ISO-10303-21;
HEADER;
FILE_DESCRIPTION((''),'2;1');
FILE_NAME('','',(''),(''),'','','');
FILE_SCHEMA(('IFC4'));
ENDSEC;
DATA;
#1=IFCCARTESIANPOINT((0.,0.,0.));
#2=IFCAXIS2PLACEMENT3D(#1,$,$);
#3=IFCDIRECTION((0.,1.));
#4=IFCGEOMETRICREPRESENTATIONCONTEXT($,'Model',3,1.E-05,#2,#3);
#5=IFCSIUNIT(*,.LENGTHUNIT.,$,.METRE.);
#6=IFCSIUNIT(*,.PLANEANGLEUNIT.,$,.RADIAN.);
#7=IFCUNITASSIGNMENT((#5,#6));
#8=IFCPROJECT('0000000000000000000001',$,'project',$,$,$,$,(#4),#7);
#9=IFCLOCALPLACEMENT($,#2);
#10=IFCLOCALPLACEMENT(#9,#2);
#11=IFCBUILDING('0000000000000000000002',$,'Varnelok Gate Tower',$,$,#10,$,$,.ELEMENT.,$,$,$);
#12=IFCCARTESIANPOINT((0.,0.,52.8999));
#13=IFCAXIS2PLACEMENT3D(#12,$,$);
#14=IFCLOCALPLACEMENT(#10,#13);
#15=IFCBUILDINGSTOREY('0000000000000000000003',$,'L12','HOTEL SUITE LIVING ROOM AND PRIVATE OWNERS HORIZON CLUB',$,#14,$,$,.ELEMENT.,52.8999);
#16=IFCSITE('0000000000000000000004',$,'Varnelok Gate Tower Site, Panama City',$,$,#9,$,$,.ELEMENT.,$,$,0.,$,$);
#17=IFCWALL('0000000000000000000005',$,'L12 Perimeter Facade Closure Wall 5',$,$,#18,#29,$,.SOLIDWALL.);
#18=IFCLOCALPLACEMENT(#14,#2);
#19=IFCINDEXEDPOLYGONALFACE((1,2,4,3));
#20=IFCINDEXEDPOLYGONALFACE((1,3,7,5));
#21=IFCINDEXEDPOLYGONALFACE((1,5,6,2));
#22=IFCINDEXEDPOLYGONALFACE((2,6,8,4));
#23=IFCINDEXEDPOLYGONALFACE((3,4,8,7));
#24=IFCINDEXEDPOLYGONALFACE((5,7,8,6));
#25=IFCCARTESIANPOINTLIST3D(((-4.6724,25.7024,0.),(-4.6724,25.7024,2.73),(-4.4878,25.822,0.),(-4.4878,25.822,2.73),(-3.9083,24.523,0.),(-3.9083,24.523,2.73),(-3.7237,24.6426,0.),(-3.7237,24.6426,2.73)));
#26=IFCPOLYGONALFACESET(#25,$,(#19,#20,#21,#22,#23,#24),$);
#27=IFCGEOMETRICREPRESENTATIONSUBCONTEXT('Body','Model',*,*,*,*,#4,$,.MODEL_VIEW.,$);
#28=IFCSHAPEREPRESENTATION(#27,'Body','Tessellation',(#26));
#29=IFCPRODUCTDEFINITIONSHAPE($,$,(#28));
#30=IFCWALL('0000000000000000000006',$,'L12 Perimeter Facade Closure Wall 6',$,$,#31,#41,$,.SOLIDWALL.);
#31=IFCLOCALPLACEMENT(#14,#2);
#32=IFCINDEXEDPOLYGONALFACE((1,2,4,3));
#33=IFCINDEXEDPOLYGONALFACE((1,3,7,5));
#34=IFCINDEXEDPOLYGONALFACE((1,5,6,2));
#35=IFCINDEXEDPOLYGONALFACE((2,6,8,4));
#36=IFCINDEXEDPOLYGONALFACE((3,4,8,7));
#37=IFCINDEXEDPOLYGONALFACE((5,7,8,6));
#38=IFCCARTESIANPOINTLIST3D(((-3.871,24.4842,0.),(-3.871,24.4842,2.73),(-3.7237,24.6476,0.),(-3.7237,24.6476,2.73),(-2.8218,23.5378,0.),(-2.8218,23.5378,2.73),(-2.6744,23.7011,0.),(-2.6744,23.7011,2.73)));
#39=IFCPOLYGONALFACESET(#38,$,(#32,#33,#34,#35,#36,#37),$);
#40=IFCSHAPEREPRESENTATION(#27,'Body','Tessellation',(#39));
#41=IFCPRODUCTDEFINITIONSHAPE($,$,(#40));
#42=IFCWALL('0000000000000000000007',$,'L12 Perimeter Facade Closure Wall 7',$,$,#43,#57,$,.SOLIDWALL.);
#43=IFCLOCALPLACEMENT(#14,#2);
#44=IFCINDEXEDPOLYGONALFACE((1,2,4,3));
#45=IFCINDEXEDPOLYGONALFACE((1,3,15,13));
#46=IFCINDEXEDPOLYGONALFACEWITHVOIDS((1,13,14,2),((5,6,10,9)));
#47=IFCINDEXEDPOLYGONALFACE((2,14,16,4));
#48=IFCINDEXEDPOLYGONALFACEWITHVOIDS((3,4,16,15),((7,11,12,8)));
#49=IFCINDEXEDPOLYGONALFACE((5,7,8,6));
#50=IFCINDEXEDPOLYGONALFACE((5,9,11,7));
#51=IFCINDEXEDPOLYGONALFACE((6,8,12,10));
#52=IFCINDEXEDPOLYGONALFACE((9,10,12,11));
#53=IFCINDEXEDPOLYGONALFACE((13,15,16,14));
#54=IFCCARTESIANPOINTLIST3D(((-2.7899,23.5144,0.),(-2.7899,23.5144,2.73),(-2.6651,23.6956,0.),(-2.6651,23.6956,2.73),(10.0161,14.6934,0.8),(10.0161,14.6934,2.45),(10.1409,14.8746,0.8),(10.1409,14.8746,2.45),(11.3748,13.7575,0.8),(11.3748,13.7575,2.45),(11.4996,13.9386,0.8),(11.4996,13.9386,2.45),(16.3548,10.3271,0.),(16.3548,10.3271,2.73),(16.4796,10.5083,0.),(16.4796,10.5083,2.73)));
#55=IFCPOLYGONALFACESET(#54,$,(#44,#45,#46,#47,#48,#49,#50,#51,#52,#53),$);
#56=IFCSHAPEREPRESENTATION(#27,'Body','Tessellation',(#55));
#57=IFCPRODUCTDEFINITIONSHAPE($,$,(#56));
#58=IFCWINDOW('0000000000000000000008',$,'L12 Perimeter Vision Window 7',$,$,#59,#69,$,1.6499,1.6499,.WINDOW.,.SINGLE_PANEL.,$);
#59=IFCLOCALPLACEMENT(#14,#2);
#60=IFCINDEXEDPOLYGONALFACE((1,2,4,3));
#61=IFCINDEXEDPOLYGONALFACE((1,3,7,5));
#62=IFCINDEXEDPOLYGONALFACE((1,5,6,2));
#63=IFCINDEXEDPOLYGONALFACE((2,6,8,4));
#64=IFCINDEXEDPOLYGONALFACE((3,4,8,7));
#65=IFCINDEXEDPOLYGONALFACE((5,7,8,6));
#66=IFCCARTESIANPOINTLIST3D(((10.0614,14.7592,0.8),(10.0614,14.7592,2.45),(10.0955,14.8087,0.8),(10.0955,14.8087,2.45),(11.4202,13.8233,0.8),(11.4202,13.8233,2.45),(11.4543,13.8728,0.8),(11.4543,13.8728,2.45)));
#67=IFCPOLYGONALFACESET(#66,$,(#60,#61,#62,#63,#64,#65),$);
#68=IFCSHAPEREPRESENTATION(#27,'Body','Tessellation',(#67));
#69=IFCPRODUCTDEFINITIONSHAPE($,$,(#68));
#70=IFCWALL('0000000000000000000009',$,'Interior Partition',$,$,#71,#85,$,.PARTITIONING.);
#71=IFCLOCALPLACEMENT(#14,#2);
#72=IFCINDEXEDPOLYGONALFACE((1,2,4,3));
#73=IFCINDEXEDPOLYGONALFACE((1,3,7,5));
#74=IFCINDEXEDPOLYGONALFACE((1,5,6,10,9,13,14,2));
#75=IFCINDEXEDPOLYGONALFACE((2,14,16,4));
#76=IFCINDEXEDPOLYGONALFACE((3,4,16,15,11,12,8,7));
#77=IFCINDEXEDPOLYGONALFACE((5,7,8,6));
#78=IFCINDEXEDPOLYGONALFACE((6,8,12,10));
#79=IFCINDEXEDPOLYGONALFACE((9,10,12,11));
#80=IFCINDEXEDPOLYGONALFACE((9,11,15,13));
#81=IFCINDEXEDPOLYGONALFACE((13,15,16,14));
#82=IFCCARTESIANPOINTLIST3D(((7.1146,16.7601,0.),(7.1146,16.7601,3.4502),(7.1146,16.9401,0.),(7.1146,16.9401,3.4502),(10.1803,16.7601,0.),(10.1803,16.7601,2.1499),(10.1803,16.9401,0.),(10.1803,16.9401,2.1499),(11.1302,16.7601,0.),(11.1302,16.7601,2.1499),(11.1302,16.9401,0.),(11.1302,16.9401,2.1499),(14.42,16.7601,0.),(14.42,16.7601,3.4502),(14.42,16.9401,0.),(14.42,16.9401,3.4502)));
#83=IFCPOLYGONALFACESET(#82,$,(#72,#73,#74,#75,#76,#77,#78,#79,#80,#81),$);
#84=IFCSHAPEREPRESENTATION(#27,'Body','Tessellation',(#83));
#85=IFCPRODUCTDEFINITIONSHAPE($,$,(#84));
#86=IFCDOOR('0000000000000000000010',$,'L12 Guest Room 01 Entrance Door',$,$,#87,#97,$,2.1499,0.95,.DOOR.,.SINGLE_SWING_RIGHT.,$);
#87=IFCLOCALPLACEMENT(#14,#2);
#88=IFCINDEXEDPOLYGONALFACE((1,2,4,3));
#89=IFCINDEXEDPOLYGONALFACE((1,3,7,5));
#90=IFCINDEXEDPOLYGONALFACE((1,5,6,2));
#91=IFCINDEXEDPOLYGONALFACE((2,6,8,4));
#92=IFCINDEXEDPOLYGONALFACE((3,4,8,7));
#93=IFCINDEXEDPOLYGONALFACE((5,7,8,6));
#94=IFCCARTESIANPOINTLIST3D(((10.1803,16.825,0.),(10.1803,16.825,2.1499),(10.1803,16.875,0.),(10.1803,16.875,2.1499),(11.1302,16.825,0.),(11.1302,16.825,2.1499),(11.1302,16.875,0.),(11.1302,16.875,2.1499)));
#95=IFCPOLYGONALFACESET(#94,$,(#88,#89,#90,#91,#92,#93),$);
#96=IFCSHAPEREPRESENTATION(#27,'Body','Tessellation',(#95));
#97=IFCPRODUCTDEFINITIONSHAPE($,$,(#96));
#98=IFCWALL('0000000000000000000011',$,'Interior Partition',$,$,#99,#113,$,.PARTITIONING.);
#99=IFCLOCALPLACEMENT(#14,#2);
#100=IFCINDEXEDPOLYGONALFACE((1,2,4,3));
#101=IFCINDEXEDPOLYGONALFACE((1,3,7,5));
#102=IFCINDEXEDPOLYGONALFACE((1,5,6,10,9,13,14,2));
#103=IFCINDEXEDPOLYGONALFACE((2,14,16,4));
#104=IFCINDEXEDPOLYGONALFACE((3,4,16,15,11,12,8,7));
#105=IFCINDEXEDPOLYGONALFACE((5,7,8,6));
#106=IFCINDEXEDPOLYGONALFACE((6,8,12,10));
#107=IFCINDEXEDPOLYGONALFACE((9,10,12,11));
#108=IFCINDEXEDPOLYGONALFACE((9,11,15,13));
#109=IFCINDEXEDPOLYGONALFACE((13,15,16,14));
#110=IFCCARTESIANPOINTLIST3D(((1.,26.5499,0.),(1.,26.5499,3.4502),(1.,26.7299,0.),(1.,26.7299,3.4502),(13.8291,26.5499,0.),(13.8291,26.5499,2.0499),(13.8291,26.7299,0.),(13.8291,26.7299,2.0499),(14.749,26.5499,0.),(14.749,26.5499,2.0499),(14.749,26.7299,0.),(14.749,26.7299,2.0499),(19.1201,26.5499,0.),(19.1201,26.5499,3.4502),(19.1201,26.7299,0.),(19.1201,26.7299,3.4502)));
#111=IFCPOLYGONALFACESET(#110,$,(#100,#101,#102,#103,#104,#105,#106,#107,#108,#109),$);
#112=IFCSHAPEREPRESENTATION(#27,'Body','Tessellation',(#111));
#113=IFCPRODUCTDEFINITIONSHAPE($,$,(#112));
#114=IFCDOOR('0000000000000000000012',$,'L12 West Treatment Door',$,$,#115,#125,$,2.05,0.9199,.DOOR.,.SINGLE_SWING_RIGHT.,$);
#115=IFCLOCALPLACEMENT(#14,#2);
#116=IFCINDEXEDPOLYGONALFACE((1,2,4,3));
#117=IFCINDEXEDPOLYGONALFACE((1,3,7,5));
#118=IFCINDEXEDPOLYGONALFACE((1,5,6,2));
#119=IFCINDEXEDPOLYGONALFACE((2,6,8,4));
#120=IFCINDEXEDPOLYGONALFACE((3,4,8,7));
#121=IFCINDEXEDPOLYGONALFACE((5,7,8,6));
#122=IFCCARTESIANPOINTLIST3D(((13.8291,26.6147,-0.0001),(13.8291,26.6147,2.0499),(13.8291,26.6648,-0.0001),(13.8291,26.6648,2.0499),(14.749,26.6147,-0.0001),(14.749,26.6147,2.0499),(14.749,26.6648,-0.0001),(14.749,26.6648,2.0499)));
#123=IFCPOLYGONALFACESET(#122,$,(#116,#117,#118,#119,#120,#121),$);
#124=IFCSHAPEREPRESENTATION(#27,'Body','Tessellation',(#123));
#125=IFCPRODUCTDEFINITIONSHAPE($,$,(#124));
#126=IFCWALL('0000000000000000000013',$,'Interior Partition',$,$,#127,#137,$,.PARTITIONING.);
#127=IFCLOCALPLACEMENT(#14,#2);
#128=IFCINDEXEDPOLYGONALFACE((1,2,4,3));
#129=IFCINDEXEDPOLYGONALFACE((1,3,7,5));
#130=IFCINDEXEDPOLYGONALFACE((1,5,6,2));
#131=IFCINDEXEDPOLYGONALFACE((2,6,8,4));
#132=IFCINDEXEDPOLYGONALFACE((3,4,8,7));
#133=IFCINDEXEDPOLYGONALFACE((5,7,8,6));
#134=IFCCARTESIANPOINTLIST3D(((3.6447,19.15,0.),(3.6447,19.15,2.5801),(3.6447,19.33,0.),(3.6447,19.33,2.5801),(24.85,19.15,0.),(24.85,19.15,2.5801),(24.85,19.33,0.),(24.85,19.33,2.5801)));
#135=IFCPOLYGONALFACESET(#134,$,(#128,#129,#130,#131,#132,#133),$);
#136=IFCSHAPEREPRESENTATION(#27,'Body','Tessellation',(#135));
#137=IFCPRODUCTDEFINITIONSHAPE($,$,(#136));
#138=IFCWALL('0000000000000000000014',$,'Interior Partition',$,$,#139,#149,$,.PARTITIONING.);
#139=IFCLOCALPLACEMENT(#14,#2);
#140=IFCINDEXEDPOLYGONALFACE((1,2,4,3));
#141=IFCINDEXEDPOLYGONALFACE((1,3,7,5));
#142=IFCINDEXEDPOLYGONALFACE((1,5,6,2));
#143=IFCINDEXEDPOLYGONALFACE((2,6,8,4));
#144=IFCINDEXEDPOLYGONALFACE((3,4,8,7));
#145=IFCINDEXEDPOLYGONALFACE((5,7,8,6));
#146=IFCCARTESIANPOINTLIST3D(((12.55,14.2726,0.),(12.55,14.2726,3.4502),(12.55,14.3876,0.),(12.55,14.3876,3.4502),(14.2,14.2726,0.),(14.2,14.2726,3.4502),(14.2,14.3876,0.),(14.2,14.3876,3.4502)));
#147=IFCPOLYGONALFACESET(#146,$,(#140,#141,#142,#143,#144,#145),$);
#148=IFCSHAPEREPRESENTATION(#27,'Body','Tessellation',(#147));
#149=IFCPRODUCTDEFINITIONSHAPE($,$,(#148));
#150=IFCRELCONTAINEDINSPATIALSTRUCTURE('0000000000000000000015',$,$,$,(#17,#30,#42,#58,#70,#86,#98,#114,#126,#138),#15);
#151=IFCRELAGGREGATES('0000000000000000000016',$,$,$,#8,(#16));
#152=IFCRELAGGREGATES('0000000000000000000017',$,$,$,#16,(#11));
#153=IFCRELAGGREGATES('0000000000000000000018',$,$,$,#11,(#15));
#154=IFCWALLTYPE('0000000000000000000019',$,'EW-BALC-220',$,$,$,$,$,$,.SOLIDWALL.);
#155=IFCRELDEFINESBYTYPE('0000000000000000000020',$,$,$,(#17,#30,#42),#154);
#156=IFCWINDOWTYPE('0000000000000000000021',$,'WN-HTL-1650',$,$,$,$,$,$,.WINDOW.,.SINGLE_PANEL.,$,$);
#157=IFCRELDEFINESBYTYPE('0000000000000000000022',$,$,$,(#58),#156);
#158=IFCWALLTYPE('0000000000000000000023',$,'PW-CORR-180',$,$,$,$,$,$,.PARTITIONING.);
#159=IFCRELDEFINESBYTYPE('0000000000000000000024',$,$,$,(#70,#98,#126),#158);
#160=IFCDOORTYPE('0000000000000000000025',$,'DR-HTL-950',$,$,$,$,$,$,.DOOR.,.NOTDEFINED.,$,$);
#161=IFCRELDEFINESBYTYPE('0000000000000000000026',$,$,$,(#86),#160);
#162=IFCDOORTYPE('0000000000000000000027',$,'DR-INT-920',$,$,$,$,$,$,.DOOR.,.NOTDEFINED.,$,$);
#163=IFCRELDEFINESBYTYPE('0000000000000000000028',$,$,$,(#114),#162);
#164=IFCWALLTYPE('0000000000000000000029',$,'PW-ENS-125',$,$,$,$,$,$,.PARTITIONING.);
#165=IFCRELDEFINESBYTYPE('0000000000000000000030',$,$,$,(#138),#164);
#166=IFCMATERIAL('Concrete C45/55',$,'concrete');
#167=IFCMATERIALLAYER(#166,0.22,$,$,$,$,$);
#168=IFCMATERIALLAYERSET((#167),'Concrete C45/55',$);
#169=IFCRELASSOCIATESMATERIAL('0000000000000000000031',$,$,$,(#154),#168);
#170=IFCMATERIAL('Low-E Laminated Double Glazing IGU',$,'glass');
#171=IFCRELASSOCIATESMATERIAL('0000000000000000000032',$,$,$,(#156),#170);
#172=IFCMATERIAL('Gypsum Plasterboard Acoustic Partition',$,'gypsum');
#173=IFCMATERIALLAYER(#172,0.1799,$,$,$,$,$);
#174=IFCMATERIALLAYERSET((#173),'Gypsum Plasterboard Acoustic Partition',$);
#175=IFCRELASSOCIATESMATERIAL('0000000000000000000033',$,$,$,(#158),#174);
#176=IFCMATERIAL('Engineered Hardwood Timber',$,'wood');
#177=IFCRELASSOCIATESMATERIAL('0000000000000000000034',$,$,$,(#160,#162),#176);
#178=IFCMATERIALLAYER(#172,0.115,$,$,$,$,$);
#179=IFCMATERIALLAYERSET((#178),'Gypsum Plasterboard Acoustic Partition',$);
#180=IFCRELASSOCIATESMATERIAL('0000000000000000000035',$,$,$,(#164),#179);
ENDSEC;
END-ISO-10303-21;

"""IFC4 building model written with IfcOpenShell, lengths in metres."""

from ifc_helpers import new_model, si_unit, direction, frame, frame_2d, origin, place, context, subcontext, project, spatial, rectangle, extrude, material, layer, layer_set, type_object, element, fill, save


model = new_model("IFC4")

# Units and contexts
model_context = context("Model", 3, precision=1e-05, world=origin(), true_north=direction((0.0, 1.0)))
body_context = subcontext(model_context, "Body", "Model", "MODEL_VIEW")
ifc_project = project(units=[si_unit("LENGTHUNIT", "METRE"), si_unit("PLANEANGLEUNIT", "RADIAN")], contexts=[model_context])

# Site, building, storey
site_placement = place(None, origin())
site = spatial("IfcSite", under=ifc_project, at=site_placement, Name="Varnelok Gate Tower Site, Panama City", CompositionType="ELEMENT", RefElevation=0.0)
building_placement = place(site_placement, origin())
building = spatial("IfcBuilding", under=site, at=building_placement, Name="Varnelok Gate Tower", CompositionType="ELEMENT")
storey_placement = place(building_placement, frame((0.0, 0.0, 52.8999)))
storey = spatial("IfcBuildingStorey", under=building, at=storey_placement, Name="L12", Description="HOTEL SUITE LIVING ROOM AND PRIVATE OWNERS HORIZON CLUB", CompositionType="ELEMENT", Elevation=52.8999)

# Shared definitions
ifc_material_1 = material(Name="Concrete C45/55", Category="concrete")

# Walls
ifc_layer_1 = layer(ifc_material_1, 0.22)
ifc_layer_set_1 = layer_set([ifc_layer_1], Name="Concrete C45/55")
wall_type_1 = type_object("IfcWallType", Name="EW-BALC-220", PredefinedType="SOLIDWALL", material=ifc_layer_set_1)
for number, where, z_axis, x_axis, name in (
    (1, (-4.5801, 25.7622, 0.0), (0.0, 0.0, 1.0), (0.543748, -0.839248, 0.0), "L12 Perimeter Facade Closure Wall 5"),
):
    element("IfcWall", number, at=place(storey_placement, frame(where, z_axis=z_axis, x_axis=x_axis)), inside=storey, type_object=wall_type_1, Name=name, PredefinedType="SOLIDWALL", context=body_context, shape_type="SweptSolid", body=[
        extrude(rectangle(XDim=1.4053, YDim=0.22, at=frame_2d((0.7026, 0.0))), origin(), (0.0, 0.0, 1.0), 2.73),
    ])
wall_1_placement = place(storey_placement, frame((-3.7974, 24.5659, 0.0), z_axis=(0.0, 0.0, 1.0), x_axis=(0.742538, -0.669804, 0.0)))
element("IfcWall", 2, at=wall_1_placement, inside=storey, type_object=wall_type_1, Name="L12 Perimeter Facade Closure Wall 6", PredefinedType="SOLIDWALL", context=body_context, shape_type="SweptSolid", body=[
    extrude(rectangle(XDim=1.4131, YDim=0.22, at=frame_2d((0.7065, 0.0))), origin(), (0.0, 0.0, 1.0), 2.73),
])

# Wall, opening, window
wall_2_placement = place(storey_placement, frame((-2.7275, 23.605, 0.0), z_axis=(0.0, 0.0, 1.0), x_axis=(0.823535, -0.567265, 0.0)))
wall_2 = element("IfcWall", 3, at=wall_2_placement, inside=storey, type_object=wall_type_1, Name="L12 Perimeter Facade Closure Wall 7", PredefinedType="SOLIDWALL", context=body_context, shape_type="SweptSolid", body=[
    extrude(rectangle(XDim=23.2471, YDim=0.22, at=frame_2d((11.6235, 0.0))), origin(), (0.0, 0.0, 1.0), 2.73),
])
opening_1_placement = place(wall_2_placement, frame((15.55, 0.0, 0.8)))
opening_1 = element("IfcOpeningElement", 4, at=opening_1_placement, cuts=wall_2, PredefinedType="OPENING", context=body_context, shape_type="SweptSolid", body=[
    extrude(rectangle(XDim=1.6499, YDim=1.6499, at=frame_2d((0.825, 0.825))), frame((0.0, 0.1199, 0.0), z_axis=(0.0, -1.0, 0.0), x_axis=(1.0, 0.0, 0.0)), (0.0, 0.0, 1.0), 0.24),
])
ifc_material_2 = material(Name="Low-E Laminated Double Glazing IGU", Category="glass")
window_type = type_object("IfcWindowType", Name="WN-HTL-1650", PartitioningType="SINGLE_PANEL", PredefinedType="WINDOW", material=ifc_material_2)
window_placement = place(opening_1_placement, origin())
window = element("IfcWindow", 5, at=window_placement, inside=storey, type_object=window_type, Name="L12 Perimeter Vision Window 7", OverallHeight=1.6499, OverallWidth=1.6499, PartitioningType="SINGLE_PANEL", PredefinedType="WINDOW", context=body_context, shape_type="SweptSolid", body=[
    extrude(rectangle(XDim=1.6499, YDim=1.6499, at=frame_2d((0.825, 0.825))), frame((0.0, 0.03, 0.0), z_axis=(0.0, -1.0, 0.0), x_axis=(1.0, 0.0, 0.0)), (0.0, 0.0, 1.0), 0.0601),
])
fill(opening_1, window)

# Walls, openings, doors
ifc_material_3 = material(Name="Gypsum Plasterboard Acoustic Partition", Category="gypsum")
ifc_layer_2 = layer(ifc_material_3, 0.1799)
ifc_layer_set_2 = layer_set([ifc_layer_2], Name="Gypsum Plasterboard Acoustic Partition")
wall_type_2 = type_object("IfcWallType", Name="PW-CORR-180", PredefinedType="PARTITIONING", material=ifc_layer_set_2)
wall_3_placement = place(storey_placement, frame((7.1145, 16.8501, 0.0), z_axis=(0.0, 0.0, 1.0), x_axis=(1.0, 0.0, 0.0)))
wall_3 = element("IfcWall", 6, at=wall_3_placement, inside=storey, type_object=wall_type_2, Name="Interior Partition", PredefinedType="PARTITIONING", context=body_context, shape_type="SweptSolid", body=[
    extrude(rectangle(XDim=7.3054, YDim=0.1799, at=frame_2d((3.6528, 0.0))), origin(), (0.0, 0.0, 1.0), 3.4502),
])
opening_2_placement = place(wall_3_placement, frame((3.0657, 0.0, 0.0)))
opening_2 = element("IfcOpeningElement", 7, at=opening_2_placement, cuts=wall_3, PredefinedType="OPENING", context=body_context, shape_type="SweptSolid", body=[
    extrude(rectangle(XDim=0.95, YDim=2.1499, at=frame_2d((0.4751, 1.075))), frame((0.0, 0.0999, 0.0), z_axis=(0.0, -1.0, 0.0), x_axis=(1.0, 0.0, 0.0)), (0.0, 0.0, 1.0), 0.2),
])
ifc_material_4 = material(Name="Engineered Hardwood Timber", Category="wood")
door_type_1 = type_object("IfcDoorType", Name="DR-HTL-950", OperationType="NOTDEFINED", PredefinedType="DOOR", material=ifc_material_4)
door_1_placement = place(opening_2_placement, origin())
door_1 = element("IfcDoor", 8, at=door_1_placement, inside=storey, type_object=door_type_1, Name="L12 Guest Room 01 Entrance Door", OperationType="SINGLE_SWING_RIGHT", OverallHeight=2.1499, OverallWidth=0.95, PredefinedType="DOOR", context=body_context, shape_type="SweptSolid", body=[
    extrude(rectangle(XDim=0.95, YDim=2.1499, at=frame_2d((0.4751, 1.075))), frame((0.0, 0.0249, 0.0), z_axis=(0.0, -1.0, 0.0), x_axis=(1.0, 0.0, 0.0)), (0.0, 0.0, 1.0), 0.05),
])
fill(opening_2, door_1)
wall_4_placement = place(storey_placement, frame((1.0, 26.6399, 0.0), z_axis=(0.0, 0.0, 1.0), x_axis=(1.0, 0.0, 0.0)))
wall_4 = element("IfcWall", 9, at=wall_4_placement, inside=storey, type_object=wall_type_2, Name="Interior Partition", PredefinedType="PARTITIONING", context=body_context, shape_type="SweptSolid", body=[
    extrude(rectangle(XDim=18.1201, YDim=0.1799, at=frame_2d((9.0601, 0.0))), origin(), (0.0, 0.0, 1.0), 3.4502),
])
opening_3_placement = place(wall_4_placement, frame((12.8291, 0.0, 0.0)))
opening_3 = element("IfcOpeningElement", 10, at=opening_3_placement, cuts=wall_4, PredefinedType="OPENING", context=body_context, shape_type="SweptSolid", body=[
    extrude(rectangle(XDim=0.9199, YDim=2.05, at=frame_2d((0.46, 1.0249))), frame((0.0, 0.0999, 0.0), z_axis=(0.0, -1.0, 0.0), x_axis=(1.0, 0.0, 0.0)), (0.0, 0.0, 1.0), 0.2),
])
door_type_2 = type_object("IfcDoorType", Name="DR-INT-920", OperationType="NOTDEFINED", PredefinedType="DOOR", material=ifc_material_4)
door_2_placement = place(opening_3_placement, origin())
door_2 = element("IfcDoor", 11, at=door_2_placement, inside=storey, type_object=door_type_2, Name="L12 West Treatment Door", OperationType="SINGLE_SWING_RIGHT", OverallHeight=2.05, OverallWidth=0.9199, PredefinedType="DOOR", context=body_context, shape_type="SweptSolid", body=[
    extrude(rectangle(XDim=0.9199, YDim=2.05, at=frame_2d((0.46, 1.0249))), frame((0.0, 0.0249, 0.0), z_axis=(0.0, -1.0, 0.0), x_axis=(1.0, 0.0, 0.0)), (0.0, 0.0, 1.0), 0.05),
])
fill(opening_3, door_2)

# Walls
wall_5_placement = place(storey_placement, frame((3.6448, 19.24, 0.0), z_axis=(0.0, 0.0, 1.0), x_axis=(1.0, 0.0, 0.0)))
element("IfcWall", 12, at=wall_5_placement, inside=storey, type_object=wall_type_2, Name="Interior Partition", PredefinedType="PARTITIONING", context=body_context, shape_type="SweptSolid", body=[
    extrude(rectangle(XDim=21.2053, YDim=0.1799, at=frame_2d((10.6025, 0.0))), origin(), (0.0, 0.0, 1.0), 2.5801),
])
ifc_layer_3 = layer(ifc_material_3, 0.115)
ifc_layer_set_3 = layer_set([ifc_layer_3], Name="Gypsum Plasterboard Acoustic Partition")
wall_type_3 = type_object("IfcWallType", Name="PW-ENS-125", PredefinedType="PARTITIONING", material=ifc_layer_set_3)
wall_6_placement = place(storey_placement, frame((12.55, 14.3301, 0.0), z_axis=(0.0, 0.0, 1.0), x_axis=(1.0, 0.0, 0.0)))
element("IfcWall", 13, at=wall_6_placement, inside=storey, type_object=wall_type_3, Name="Interior Partition", PredefinedType="PARTITIONING", context=body_context, shape_type="SweptSolid", body=[
    extrude(rectangle(XDim=1.6499, YDim=0.115, at=frame_2d((0.825, 0.0))), origin(), (0.0, 0.0, 1.0), 3.4502),
])

save(model, "model.ifc")
